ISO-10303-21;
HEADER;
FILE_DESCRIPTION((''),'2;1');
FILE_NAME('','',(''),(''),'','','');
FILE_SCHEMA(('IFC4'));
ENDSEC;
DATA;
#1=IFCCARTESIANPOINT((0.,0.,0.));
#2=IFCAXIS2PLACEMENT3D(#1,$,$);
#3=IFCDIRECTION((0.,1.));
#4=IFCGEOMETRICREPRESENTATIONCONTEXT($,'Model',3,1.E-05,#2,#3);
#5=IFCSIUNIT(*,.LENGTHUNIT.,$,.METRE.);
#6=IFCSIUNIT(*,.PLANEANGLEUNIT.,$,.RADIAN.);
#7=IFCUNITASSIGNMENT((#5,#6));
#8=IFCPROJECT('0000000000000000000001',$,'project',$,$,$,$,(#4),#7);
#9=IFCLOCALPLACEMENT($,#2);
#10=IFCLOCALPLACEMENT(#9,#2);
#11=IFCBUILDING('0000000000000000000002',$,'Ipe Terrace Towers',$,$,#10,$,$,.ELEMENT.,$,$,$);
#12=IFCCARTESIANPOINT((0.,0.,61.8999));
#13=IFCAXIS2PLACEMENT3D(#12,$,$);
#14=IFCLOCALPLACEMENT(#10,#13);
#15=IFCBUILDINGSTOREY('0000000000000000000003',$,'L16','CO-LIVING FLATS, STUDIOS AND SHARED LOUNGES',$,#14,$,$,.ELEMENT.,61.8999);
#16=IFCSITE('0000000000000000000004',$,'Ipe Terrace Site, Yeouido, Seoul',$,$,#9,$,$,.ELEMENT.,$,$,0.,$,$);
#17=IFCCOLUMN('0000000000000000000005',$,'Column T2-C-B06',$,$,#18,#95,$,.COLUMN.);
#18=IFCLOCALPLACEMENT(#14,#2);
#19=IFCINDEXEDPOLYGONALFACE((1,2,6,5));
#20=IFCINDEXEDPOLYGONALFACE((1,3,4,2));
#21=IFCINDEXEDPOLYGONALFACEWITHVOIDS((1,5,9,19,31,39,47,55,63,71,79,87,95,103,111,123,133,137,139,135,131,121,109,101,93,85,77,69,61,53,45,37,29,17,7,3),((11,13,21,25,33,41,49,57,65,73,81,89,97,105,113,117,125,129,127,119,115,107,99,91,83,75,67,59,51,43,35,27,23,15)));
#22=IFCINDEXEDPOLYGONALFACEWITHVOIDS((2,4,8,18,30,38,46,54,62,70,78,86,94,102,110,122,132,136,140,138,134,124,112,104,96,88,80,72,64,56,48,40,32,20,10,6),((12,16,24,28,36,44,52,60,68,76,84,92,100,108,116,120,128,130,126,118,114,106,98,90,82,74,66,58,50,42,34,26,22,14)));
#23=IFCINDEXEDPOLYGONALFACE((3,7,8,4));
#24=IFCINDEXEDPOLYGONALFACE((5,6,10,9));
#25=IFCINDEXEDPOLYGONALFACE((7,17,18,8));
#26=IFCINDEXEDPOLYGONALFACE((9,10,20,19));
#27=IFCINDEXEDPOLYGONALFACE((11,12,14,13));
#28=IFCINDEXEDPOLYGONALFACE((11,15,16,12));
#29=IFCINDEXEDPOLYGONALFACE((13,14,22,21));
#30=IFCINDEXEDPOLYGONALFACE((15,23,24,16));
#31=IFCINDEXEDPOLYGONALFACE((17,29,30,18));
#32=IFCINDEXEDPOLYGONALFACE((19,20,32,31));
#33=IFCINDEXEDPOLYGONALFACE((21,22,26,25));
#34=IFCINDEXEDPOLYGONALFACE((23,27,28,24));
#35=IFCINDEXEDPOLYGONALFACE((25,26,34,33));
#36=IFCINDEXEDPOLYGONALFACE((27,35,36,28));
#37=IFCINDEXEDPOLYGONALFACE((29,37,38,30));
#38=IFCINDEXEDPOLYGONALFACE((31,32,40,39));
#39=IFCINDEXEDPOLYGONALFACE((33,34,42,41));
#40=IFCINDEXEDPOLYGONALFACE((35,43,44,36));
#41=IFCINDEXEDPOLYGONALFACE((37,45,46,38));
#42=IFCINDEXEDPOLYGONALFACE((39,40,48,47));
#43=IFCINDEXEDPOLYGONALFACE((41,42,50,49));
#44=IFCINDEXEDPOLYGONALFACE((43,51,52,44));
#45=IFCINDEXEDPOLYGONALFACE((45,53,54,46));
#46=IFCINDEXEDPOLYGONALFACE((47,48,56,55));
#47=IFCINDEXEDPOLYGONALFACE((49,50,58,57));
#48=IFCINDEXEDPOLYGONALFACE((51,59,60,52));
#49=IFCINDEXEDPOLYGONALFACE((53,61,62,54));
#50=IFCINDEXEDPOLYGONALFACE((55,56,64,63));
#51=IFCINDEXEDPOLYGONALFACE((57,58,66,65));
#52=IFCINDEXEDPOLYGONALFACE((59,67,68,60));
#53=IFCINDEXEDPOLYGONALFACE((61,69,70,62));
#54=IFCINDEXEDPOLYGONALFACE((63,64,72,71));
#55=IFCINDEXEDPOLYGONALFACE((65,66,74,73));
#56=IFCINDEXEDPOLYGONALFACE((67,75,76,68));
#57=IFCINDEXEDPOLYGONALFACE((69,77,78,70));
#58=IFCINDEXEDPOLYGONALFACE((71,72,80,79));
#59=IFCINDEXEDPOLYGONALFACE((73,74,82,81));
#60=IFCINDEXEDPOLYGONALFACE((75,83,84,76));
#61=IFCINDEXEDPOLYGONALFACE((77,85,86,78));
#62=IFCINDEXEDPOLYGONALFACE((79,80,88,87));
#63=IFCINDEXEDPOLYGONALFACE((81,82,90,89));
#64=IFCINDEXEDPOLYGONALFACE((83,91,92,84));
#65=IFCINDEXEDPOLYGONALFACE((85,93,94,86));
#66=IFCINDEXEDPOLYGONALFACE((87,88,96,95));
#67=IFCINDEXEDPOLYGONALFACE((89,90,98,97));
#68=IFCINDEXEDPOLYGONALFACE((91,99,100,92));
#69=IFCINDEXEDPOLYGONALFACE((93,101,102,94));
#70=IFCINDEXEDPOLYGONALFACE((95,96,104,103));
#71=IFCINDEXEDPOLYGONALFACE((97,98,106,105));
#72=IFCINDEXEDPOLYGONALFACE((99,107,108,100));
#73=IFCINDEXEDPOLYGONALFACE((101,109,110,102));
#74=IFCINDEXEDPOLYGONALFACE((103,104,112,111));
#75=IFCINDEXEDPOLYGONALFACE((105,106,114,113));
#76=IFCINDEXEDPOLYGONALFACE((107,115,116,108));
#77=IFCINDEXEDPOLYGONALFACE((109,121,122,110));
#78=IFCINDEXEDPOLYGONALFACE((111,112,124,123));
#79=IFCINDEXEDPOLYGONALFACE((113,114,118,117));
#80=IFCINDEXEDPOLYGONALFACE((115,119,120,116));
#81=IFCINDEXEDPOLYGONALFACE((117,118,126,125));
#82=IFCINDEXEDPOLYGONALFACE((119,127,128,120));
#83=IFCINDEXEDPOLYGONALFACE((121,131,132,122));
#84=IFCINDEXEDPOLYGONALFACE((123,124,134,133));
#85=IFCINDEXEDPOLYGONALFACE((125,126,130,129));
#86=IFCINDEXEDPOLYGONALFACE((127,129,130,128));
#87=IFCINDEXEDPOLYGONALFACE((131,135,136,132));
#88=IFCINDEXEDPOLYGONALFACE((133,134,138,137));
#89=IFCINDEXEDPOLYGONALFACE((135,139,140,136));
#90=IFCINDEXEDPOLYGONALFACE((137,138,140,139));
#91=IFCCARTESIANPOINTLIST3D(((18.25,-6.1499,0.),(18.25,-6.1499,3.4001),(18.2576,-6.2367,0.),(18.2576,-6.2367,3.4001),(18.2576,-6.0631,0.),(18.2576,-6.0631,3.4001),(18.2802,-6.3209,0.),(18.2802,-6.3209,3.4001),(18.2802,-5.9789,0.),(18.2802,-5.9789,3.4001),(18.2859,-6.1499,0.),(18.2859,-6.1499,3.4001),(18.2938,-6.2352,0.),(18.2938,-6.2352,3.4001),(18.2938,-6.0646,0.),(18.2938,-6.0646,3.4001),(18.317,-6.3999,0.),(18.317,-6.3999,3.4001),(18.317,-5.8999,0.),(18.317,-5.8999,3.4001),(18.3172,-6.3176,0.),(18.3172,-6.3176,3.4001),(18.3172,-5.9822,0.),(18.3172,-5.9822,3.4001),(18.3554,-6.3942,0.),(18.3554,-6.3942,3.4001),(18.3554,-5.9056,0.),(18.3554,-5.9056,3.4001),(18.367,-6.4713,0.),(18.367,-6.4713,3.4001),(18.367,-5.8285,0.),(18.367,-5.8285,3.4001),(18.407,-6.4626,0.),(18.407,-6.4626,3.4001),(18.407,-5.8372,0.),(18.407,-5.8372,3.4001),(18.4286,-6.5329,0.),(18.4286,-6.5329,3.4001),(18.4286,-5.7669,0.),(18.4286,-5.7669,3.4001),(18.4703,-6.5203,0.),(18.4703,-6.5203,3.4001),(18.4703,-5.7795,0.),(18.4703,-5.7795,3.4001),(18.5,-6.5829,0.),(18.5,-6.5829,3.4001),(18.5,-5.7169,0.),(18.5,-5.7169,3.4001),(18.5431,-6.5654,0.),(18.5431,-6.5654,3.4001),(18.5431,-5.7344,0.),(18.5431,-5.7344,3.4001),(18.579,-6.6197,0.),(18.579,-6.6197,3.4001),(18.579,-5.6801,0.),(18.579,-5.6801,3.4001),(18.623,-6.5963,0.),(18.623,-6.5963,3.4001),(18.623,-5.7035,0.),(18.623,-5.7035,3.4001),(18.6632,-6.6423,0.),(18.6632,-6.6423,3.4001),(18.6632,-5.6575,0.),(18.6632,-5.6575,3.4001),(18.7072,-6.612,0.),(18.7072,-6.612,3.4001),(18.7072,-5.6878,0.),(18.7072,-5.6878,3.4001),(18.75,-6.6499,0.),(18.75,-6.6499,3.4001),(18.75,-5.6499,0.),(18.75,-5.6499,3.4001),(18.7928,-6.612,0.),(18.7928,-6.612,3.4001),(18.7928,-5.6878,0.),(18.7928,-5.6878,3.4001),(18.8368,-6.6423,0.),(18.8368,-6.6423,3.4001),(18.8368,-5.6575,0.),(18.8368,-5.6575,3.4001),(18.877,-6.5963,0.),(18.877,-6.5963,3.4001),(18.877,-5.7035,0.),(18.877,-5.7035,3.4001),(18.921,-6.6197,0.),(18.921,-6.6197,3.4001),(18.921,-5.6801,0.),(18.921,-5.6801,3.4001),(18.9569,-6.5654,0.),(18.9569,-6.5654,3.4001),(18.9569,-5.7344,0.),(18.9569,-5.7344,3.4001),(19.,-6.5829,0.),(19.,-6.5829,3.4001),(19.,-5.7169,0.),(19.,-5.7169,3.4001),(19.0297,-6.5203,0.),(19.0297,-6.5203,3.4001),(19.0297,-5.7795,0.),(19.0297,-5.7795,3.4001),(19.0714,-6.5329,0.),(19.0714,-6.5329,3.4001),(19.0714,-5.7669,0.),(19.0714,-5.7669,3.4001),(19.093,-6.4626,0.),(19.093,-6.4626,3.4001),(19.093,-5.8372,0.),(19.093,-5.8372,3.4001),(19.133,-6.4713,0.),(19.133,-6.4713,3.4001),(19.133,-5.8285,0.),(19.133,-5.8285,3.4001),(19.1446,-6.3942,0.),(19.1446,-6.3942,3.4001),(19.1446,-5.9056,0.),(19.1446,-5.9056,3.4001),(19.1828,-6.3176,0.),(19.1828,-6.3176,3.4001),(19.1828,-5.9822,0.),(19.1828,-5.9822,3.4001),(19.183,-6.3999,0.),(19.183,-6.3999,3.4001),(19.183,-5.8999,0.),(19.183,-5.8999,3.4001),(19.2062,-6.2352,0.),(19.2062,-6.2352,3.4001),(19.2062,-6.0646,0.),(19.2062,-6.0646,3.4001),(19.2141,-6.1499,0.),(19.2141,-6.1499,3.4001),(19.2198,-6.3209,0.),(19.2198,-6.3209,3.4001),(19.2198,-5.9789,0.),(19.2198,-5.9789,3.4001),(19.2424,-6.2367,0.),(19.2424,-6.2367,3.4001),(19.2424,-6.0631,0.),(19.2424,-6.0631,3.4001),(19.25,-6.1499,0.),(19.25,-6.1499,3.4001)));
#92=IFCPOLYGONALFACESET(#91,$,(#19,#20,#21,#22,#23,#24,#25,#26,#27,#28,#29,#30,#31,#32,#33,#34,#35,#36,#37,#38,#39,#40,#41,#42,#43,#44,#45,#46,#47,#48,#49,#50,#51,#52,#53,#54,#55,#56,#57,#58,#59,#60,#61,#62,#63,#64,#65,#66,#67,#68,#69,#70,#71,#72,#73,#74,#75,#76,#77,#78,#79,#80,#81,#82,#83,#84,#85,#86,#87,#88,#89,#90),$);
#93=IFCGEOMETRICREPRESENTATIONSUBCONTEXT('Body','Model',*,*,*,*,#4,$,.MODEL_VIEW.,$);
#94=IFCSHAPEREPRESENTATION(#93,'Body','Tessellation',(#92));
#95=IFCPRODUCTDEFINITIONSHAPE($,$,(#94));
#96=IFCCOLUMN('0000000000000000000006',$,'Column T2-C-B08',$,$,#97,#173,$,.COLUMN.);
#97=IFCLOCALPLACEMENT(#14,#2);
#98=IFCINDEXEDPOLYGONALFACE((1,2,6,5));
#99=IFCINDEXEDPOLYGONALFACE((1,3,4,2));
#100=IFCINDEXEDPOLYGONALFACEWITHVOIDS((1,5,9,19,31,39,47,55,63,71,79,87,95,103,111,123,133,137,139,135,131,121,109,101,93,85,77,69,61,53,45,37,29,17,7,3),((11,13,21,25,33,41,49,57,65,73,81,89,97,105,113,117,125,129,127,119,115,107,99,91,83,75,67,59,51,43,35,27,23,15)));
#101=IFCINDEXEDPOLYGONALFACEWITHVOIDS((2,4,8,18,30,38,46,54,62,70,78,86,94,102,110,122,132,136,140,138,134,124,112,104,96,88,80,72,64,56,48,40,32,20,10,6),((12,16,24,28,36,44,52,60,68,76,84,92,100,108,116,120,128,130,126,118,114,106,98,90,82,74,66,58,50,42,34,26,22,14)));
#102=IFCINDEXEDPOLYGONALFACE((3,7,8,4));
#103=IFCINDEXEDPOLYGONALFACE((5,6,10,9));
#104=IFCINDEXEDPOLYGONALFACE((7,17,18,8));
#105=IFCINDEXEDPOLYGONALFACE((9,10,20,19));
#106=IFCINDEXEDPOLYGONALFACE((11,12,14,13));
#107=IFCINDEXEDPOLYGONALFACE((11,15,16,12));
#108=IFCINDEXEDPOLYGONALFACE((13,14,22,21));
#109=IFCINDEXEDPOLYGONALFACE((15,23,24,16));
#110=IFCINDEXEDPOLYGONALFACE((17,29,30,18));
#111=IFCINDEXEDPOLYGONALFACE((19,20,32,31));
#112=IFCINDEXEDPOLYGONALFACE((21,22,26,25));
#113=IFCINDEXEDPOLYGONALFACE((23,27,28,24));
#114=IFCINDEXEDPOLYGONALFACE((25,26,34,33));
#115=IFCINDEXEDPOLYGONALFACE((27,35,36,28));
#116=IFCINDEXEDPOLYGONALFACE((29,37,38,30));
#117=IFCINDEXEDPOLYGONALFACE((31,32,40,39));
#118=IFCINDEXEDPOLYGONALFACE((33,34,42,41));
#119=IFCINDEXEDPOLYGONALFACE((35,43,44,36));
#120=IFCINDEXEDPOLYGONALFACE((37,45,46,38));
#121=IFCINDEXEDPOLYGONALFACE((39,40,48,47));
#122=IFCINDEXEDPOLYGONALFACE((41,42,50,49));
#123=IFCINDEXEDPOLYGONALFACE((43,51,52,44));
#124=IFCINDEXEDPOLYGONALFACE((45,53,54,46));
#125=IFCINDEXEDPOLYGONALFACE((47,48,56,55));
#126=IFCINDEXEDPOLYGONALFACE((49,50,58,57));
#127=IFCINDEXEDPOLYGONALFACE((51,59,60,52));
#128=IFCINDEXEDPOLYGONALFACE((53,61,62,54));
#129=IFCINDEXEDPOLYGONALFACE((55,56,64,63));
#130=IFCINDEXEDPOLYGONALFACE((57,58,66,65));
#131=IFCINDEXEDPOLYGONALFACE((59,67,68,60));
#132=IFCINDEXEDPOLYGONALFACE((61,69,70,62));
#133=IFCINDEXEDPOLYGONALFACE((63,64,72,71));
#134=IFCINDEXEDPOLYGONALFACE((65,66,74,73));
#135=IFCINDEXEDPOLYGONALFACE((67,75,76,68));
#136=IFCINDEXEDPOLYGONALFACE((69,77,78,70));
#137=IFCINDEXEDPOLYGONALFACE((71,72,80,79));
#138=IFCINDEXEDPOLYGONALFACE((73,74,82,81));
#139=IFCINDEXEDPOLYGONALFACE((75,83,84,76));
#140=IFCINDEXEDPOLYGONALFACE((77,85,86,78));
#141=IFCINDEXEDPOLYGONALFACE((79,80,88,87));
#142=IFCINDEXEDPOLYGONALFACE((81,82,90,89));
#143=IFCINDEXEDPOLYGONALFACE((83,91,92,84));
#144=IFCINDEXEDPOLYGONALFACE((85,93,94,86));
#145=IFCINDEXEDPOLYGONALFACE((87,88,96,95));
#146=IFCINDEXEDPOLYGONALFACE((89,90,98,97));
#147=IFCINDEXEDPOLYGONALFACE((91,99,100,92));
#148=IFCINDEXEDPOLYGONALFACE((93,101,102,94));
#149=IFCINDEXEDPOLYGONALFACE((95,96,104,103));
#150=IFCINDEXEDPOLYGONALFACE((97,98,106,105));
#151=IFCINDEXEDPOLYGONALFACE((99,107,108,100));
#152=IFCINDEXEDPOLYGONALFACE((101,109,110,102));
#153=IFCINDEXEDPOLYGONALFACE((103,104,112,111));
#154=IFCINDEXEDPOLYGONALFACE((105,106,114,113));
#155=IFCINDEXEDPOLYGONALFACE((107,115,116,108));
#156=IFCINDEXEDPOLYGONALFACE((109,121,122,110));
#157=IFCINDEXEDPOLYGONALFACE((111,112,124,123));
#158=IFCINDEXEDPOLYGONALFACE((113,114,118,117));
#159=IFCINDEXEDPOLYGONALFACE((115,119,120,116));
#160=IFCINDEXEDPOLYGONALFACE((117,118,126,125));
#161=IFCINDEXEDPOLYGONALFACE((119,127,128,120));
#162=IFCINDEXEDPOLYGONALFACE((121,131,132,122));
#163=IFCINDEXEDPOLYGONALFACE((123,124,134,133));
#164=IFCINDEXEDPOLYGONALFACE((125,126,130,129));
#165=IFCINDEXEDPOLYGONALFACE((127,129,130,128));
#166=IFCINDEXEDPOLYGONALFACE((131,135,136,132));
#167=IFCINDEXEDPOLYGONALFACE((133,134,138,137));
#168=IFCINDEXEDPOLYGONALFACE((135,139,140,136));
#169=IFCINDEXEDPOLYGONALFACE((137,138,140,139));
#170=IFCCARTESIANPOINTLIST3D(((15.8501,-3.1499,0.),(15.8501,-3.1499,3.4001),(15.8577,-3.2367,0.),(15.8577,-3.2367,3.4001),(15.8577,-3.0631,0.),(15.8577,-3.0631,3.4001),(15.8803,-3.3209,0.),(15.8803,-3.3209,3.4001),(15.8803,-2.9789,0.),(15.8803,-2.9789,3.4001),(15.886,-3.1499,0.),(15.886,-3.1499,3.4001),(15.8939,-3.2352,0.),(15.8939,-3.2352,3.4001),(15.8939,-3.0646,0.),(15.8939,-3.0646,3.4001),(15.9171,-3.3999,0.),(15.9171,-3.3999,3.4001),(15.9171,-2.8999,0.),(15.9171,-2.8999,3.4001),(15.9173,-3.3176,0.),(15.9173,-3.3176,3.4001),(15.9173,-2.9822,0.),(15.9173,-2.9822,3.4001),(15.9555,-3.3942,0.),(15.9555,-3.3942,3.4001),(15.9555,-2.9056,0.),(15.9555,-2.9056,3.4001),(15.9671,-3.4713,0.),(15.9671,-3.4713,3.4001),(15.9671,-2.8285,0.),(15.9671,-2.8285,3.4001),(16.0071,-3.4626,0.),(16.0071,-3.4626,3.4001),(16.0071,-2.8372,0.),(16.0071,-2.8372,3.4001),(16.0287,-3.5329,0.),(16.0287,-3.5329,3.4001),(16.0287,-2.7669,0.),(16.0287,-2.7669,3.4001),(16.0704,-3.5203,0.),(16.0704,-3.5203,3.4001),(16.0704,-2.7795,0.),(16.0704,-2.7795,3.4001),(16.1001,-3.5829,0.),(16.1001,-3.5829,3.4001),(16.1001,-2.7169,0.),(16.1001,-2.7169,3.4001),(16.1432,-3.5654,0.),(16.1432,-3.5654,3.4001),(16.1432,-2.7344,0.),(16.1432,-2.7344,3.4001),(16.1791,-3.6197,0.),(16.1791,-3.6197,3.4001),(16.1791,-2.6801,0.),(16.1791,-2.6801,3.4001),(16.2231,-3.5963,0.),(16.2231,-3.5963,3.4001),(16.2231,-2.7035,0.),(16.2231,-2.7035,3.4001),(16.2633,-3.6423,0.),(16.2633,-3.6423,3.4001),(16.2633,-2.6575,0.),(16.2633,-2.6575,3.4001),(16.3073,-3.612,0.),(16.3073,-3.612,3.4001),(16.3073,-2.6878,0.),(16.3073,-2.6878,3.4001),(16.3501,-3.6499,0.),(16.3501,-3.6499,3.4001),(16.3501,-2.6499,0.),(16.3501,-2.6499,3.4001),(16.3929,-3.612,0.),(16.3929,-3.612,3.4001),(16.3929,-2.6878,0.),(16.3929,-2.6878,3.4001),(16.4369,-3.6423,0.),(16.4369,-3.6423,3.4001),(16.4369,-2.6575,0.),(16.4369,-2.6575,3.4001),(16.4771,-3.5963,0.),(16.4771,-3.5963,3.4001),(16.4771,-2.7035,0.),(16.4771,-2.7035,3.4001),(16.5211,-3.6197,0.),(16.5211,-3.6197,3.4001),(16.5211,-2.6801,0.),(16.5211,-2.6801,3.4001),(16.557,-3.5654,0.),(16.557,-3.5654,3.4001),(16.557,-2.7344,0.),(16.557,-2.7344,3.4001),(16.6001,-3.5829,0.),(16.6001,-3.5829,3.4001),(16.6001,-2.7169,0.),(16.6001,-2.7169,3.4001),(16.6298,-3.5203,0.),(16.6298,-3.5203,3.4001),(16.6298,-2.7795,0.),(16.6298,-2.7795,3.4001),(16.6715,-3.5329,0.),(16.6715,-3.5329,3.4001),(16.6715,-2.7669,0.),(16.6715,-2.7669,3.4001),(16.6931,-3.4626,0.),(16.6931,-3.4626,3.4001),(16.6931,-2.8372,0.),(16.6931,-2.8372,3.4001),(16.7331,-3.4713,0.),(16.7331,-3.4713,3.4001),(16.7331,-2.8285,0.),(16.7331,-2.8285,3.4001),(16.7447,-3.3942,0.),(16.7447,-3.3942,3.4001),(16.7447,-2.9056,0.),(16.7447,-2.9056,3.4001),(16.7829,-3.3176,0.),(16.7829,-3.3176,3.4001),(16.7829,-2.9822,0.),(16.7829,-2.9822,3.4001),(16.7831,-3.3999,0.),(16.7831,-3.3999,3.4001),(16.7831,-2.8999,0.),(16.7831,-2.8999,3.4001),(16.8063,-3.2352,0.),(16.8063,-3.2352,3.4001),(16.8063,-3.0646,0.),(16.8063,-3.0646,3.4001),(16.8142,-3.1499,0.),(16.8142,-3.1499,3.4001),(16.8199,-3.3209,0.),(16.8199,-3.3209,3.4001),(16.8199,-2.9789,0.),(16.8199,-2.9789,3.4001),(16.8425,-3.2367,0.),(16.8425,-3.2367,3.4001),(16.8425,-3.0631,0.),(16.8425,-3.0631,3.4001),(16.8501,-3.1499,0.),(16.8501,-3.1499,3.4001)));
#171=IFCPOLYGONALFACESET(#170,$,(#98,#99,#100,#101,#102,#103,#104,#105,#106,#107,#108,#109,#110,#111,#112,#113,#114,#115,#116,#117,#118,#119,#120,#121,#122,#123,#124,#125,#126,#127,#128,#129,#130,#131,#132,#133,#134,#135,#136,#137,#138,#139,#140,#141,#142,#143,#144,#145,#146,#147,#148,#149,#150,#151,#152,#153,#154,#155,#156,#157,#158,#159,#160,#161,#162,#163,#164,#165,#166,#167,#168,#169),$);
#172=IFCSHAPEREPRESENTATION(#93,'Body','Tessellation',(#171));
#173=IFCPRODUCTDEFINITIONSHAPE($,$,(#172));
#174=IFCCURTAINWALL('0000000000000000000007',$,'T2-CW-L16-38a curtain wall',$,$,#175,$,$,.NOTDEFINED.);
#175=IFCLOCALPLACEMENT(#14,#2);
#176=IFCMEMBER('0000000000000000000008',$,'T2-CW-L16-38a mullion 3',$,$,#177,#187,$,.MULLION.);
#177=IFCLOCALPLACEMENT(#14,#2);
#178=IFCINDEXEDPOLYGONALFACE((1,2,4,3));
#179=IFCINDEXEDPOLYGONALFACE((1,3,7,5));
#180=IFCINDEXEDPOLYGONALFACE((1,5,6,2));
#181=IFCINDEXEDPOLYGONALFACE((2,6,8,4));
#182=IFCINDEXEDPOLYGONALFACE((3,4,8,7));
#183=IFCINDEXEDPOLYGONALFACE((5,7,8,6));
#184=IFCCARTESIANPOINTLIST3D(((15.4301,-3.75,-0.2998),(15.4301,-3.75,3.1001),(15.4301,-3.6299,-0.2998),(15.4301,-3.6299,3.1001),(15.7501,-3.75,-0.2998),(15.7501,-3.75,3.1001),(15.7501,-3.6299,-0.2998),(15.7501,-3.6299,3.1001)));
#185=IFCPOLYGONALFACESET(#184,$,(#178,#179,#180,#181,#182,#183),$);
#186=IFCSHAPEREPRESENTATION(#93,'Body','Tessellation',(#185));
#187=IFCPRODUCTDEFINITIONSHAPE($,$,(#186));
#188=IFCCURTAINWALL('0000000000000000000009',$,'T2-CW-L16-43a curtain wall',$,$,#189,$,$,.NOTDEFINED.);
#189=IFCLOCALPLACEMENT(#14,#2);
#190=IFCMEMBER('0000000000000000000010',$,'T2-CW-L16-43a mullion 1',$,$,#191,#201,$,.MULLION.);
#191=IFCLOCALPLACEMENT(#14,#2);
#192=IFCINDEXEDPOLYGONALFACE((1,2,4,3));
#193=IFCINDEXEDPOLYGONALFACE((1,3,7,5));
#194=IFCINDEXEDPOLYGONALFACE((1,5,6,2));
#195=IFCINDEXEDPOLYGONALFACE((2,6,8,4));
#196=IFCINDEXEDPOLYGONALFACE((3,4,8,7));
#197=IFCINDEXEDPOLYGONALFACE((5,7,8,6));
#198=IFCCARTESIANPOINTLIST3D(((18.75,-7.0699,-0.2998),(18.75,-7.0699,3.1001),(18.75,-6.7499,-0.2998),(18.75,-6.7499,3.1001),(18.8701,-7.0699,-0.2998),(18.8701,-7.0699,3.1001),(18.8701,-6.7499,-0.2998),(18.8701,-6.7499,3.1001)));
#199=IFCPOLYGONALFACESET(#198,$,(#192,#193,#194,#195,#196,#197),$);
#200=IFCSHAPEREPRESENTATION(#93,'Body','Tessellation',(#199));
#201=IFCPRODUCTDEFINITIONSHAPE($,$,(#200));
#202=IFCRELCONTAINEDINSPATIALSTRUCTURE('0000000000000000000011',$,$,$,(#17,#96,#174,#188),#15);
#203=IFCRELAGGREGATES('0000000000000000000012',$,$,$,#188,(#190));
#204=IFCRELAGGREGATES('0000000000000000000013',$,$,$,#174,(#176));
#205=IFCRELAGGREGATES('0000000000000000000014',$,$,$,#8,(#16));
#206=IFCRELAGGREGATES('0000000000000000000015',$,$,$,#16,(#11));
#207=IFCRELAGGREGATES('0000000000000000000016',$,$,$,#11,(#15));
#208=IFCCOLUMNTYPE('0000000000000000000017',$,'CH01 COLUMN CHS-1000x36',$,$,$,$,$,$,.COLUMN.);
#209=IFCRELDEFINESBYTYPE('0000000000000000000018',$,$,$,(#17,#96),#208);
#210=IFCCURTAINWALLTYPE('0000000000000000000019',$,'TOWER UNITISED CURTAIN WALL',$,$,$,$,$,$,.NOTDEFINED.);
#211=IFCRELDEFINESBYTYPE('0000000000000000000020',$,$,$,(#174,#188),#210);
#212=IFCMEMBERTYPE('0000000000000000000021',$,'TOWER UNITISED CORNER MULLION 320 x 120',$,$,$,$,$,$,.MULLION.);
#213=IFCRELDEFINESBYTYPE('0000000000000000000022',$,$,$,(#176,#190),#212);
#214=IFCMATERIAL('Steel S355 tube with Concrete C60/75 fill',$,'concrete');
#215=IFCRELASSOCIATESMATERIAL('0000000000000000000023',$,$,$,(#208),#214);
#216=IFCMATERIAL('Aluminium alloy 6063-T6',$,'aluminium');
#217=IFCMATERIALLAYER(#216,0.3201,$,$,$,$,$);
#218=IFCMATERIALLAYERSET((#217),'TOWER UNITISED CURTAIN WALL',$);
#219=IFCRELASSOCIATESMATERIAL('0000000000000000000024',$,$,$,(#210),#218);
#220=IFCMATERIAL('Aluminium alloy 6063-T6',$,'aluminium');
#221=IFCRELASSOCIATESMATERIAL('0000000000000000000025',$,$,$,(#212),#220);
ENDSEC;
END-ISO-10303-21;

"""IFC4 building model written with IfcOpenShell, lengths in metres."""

from ifc_helpers import new_model, si_unit, direction, frame, origin, origin_2d, place, context, subcontext, project, spatial, rectangle, hollow_circle, extrude, material, layer, layer_set, material_profile, profile_set, type_object, element, aggregate, save


model = new_model("IFC4")

# Units and contexts
model_context = context("Model", 3, precision=1e-05, world=origin(), true_north=direction((0.0, 1.0)))
body_context = subcontext(model_context, "Body", "Model", "MODEL_VIEW")
ifc_project = project(units=[si_unit("LENGTHUNIT", "METRE"), si_unit("PLANEANGLEUNIT", "RADIAN")], contexts=[model_context])

# Site, building, storey
site_placement = place(None, origin())
site = spatial("IfcSite", under=ifc_project, at=site_placement, Name="Ipe Terrace Site, Yeouido, Seoul", CompositionType="ELEMENT", RefElevation=0.0)
building_placement = place(site_placement, origin())
building = spatial("IfcBuilding", under=site, at=building_placement, Name="Ipe Terrace Towers", CompositionType="ELEMENT")
storey_placement = place(building_placement, frame((0.0, 0.0, 61.8999)))
storey = spatial("IfcBuildingStorey", under=building, at=storey_placement, Name="L16", Description="CO-LIVING FLATS, STUDIOS AND SHARED LOUNGES", CompositionType="ELEMENT", Elevation=61.8999)

# Columns
ifc_material_1 = material(Name="Steel S355 tube with Concrete C60/75 fill", Category="concrete")
ifc_material_profile_1 = material_profile(ifc_material_1, hollow_circle(Radius=0.5, WallThickness=0.0359, at=origin_2d()), Name="CHS-1000x36")
ifc_profile_set_1 = profile_set([ifc_material_profile_1], Name="Steel S355 tube with Concrete C60/75 fill")
column_type = type_object("IfcColumnType", Name="CH01 COLUMN CHS-1000x36", PredefinedType="COLUMN", material=ifc_profile_set_1)
for number, where, z_axis, x_axis, name in (
    (1, (18.75, -6.1499, 0.0), (0.0, 0.0, 1.0), (1.0, 0.0, 0.0), "Column T2-C-B06"),
    (2, (16.3501, -3.1499, 0.0), (0.0, 0.0, 1.0), (1.0, 0.0, 0.0), "Column T2-C-B08"),
):
    element("IfcColumn", number, at=place(storey_placement, frame(where, z_axis=z_axis, x_axis=x_axis)), inside=storey, type_object=column_type, Name=name, PredefinedType="COLUMN", context=body_context, shape_type="SweptSolid", body=[
        extrude(hollow_circle(Radius=0.5, WallThickness=0.0359, at=origin_2d()), origin(), (0.0, 0.0, 1.0), 3.4001),
    ])

# Curtain walls, members
ifc_material_2 = material(Name="Aluminium alloy 6063-T6", Category="aluminium")
ifc_layer_1 = layer(ifc_material_2, 0.3201)
ifc_layer_set_1 = layer_set([ifc_layer_1], Name="TOWER UNITISED CURTAIN WALL")
curtain_wall_type = type_object("IfcCurtainWallType", Name="TOWER UNITISED CURTAIN WALL", PredefinedType="NOTDEFINED", material=ifc_layer_set_1)
curtain_wall_1_placement = place(storey_placement, origin())
curtain_wall_1 = element("IfcCurtainWall", 3, at=curtain_wall_1_placement, inside=storey, type_object=curtain_wall_type, Name="T2-CW-L16-38a curtain wall", PredefinedType="NOTDEFINED")
ifc_material_3 = material(Name="Aluminium alloy 6063-T6", Category="aluminium")
ifc_material_profile_2 = material_profile(ifc_material_3, rectangle(XDim=0.3201, YDim=0.1201, at=origin_2d()), Name="TOWER UNITISED CORNER MULLION 320 x 120")
ifc_profile_set_2 = profile_set([ifc_material_profile_2], Name="Aluminium alloy 6063-T6")
member_type_1 = type_object("IfcMemberType", Name="TOWER UNITISED CORNER MULLION 320 x 120", PredefinedType="MULLION", material=ifc_profile_set_2)
member_1_placement = place(storey_placement, frame((15.5901, -3.6899, -0.2998), z_axis=(0.0, 0.0, 1.0), x_axis=(-1.0, 0.0, 0.0)))
member_1 = element("IfcMember", 4, at=member_1_placement, type_object=member_type_1, Name="T2-CW-L16-38a mullion 3", PredefinedType="MULLION", context=body_context, shape_type="SweptSolid", body=[
    extrude(rectangle(XDim=0.3201, YDim=0.1201, at=origin_2d()), origin(), (0.0, 0.0, 1.0), 3.3999),
])
curtain_wall_2_placement = place(storey_placement, origin())
curtain_wall_2 = element("IfcCurtainWall", 5, at=curtain_wall_2_placement, inside=storey, type_object=curtain_wall_type, Name="T2-CW-L16-43a curtain wall", PredefinedType="NOTDEFINED")
member_2_placement = place(storey_placement, frame((18.8101, -6.9099, -0.2998), z_axis=(0.0, 0.0, 1.0), x_axis=(0.0, -1.0, 0.0)))
member_2 = element("IfcMember", 6, at=member_2_placement, type_object=member_type_1, Name="T2-CW-L16-43a mullion 1", PredefinedType="MULLION", context=body_context, shape_type="SweptSolid", body=[
    extrude(rectangle(XDim=0.3201, YDim=0.1201, at=origin_2d()), origin(), (0.0, 0.0, 1.0), 3.3999),
])
aggregate(curtain_wall_2, [member_2])

aggregate(curtain_wall_1, [member_1])

save(model, "model.ifc")
